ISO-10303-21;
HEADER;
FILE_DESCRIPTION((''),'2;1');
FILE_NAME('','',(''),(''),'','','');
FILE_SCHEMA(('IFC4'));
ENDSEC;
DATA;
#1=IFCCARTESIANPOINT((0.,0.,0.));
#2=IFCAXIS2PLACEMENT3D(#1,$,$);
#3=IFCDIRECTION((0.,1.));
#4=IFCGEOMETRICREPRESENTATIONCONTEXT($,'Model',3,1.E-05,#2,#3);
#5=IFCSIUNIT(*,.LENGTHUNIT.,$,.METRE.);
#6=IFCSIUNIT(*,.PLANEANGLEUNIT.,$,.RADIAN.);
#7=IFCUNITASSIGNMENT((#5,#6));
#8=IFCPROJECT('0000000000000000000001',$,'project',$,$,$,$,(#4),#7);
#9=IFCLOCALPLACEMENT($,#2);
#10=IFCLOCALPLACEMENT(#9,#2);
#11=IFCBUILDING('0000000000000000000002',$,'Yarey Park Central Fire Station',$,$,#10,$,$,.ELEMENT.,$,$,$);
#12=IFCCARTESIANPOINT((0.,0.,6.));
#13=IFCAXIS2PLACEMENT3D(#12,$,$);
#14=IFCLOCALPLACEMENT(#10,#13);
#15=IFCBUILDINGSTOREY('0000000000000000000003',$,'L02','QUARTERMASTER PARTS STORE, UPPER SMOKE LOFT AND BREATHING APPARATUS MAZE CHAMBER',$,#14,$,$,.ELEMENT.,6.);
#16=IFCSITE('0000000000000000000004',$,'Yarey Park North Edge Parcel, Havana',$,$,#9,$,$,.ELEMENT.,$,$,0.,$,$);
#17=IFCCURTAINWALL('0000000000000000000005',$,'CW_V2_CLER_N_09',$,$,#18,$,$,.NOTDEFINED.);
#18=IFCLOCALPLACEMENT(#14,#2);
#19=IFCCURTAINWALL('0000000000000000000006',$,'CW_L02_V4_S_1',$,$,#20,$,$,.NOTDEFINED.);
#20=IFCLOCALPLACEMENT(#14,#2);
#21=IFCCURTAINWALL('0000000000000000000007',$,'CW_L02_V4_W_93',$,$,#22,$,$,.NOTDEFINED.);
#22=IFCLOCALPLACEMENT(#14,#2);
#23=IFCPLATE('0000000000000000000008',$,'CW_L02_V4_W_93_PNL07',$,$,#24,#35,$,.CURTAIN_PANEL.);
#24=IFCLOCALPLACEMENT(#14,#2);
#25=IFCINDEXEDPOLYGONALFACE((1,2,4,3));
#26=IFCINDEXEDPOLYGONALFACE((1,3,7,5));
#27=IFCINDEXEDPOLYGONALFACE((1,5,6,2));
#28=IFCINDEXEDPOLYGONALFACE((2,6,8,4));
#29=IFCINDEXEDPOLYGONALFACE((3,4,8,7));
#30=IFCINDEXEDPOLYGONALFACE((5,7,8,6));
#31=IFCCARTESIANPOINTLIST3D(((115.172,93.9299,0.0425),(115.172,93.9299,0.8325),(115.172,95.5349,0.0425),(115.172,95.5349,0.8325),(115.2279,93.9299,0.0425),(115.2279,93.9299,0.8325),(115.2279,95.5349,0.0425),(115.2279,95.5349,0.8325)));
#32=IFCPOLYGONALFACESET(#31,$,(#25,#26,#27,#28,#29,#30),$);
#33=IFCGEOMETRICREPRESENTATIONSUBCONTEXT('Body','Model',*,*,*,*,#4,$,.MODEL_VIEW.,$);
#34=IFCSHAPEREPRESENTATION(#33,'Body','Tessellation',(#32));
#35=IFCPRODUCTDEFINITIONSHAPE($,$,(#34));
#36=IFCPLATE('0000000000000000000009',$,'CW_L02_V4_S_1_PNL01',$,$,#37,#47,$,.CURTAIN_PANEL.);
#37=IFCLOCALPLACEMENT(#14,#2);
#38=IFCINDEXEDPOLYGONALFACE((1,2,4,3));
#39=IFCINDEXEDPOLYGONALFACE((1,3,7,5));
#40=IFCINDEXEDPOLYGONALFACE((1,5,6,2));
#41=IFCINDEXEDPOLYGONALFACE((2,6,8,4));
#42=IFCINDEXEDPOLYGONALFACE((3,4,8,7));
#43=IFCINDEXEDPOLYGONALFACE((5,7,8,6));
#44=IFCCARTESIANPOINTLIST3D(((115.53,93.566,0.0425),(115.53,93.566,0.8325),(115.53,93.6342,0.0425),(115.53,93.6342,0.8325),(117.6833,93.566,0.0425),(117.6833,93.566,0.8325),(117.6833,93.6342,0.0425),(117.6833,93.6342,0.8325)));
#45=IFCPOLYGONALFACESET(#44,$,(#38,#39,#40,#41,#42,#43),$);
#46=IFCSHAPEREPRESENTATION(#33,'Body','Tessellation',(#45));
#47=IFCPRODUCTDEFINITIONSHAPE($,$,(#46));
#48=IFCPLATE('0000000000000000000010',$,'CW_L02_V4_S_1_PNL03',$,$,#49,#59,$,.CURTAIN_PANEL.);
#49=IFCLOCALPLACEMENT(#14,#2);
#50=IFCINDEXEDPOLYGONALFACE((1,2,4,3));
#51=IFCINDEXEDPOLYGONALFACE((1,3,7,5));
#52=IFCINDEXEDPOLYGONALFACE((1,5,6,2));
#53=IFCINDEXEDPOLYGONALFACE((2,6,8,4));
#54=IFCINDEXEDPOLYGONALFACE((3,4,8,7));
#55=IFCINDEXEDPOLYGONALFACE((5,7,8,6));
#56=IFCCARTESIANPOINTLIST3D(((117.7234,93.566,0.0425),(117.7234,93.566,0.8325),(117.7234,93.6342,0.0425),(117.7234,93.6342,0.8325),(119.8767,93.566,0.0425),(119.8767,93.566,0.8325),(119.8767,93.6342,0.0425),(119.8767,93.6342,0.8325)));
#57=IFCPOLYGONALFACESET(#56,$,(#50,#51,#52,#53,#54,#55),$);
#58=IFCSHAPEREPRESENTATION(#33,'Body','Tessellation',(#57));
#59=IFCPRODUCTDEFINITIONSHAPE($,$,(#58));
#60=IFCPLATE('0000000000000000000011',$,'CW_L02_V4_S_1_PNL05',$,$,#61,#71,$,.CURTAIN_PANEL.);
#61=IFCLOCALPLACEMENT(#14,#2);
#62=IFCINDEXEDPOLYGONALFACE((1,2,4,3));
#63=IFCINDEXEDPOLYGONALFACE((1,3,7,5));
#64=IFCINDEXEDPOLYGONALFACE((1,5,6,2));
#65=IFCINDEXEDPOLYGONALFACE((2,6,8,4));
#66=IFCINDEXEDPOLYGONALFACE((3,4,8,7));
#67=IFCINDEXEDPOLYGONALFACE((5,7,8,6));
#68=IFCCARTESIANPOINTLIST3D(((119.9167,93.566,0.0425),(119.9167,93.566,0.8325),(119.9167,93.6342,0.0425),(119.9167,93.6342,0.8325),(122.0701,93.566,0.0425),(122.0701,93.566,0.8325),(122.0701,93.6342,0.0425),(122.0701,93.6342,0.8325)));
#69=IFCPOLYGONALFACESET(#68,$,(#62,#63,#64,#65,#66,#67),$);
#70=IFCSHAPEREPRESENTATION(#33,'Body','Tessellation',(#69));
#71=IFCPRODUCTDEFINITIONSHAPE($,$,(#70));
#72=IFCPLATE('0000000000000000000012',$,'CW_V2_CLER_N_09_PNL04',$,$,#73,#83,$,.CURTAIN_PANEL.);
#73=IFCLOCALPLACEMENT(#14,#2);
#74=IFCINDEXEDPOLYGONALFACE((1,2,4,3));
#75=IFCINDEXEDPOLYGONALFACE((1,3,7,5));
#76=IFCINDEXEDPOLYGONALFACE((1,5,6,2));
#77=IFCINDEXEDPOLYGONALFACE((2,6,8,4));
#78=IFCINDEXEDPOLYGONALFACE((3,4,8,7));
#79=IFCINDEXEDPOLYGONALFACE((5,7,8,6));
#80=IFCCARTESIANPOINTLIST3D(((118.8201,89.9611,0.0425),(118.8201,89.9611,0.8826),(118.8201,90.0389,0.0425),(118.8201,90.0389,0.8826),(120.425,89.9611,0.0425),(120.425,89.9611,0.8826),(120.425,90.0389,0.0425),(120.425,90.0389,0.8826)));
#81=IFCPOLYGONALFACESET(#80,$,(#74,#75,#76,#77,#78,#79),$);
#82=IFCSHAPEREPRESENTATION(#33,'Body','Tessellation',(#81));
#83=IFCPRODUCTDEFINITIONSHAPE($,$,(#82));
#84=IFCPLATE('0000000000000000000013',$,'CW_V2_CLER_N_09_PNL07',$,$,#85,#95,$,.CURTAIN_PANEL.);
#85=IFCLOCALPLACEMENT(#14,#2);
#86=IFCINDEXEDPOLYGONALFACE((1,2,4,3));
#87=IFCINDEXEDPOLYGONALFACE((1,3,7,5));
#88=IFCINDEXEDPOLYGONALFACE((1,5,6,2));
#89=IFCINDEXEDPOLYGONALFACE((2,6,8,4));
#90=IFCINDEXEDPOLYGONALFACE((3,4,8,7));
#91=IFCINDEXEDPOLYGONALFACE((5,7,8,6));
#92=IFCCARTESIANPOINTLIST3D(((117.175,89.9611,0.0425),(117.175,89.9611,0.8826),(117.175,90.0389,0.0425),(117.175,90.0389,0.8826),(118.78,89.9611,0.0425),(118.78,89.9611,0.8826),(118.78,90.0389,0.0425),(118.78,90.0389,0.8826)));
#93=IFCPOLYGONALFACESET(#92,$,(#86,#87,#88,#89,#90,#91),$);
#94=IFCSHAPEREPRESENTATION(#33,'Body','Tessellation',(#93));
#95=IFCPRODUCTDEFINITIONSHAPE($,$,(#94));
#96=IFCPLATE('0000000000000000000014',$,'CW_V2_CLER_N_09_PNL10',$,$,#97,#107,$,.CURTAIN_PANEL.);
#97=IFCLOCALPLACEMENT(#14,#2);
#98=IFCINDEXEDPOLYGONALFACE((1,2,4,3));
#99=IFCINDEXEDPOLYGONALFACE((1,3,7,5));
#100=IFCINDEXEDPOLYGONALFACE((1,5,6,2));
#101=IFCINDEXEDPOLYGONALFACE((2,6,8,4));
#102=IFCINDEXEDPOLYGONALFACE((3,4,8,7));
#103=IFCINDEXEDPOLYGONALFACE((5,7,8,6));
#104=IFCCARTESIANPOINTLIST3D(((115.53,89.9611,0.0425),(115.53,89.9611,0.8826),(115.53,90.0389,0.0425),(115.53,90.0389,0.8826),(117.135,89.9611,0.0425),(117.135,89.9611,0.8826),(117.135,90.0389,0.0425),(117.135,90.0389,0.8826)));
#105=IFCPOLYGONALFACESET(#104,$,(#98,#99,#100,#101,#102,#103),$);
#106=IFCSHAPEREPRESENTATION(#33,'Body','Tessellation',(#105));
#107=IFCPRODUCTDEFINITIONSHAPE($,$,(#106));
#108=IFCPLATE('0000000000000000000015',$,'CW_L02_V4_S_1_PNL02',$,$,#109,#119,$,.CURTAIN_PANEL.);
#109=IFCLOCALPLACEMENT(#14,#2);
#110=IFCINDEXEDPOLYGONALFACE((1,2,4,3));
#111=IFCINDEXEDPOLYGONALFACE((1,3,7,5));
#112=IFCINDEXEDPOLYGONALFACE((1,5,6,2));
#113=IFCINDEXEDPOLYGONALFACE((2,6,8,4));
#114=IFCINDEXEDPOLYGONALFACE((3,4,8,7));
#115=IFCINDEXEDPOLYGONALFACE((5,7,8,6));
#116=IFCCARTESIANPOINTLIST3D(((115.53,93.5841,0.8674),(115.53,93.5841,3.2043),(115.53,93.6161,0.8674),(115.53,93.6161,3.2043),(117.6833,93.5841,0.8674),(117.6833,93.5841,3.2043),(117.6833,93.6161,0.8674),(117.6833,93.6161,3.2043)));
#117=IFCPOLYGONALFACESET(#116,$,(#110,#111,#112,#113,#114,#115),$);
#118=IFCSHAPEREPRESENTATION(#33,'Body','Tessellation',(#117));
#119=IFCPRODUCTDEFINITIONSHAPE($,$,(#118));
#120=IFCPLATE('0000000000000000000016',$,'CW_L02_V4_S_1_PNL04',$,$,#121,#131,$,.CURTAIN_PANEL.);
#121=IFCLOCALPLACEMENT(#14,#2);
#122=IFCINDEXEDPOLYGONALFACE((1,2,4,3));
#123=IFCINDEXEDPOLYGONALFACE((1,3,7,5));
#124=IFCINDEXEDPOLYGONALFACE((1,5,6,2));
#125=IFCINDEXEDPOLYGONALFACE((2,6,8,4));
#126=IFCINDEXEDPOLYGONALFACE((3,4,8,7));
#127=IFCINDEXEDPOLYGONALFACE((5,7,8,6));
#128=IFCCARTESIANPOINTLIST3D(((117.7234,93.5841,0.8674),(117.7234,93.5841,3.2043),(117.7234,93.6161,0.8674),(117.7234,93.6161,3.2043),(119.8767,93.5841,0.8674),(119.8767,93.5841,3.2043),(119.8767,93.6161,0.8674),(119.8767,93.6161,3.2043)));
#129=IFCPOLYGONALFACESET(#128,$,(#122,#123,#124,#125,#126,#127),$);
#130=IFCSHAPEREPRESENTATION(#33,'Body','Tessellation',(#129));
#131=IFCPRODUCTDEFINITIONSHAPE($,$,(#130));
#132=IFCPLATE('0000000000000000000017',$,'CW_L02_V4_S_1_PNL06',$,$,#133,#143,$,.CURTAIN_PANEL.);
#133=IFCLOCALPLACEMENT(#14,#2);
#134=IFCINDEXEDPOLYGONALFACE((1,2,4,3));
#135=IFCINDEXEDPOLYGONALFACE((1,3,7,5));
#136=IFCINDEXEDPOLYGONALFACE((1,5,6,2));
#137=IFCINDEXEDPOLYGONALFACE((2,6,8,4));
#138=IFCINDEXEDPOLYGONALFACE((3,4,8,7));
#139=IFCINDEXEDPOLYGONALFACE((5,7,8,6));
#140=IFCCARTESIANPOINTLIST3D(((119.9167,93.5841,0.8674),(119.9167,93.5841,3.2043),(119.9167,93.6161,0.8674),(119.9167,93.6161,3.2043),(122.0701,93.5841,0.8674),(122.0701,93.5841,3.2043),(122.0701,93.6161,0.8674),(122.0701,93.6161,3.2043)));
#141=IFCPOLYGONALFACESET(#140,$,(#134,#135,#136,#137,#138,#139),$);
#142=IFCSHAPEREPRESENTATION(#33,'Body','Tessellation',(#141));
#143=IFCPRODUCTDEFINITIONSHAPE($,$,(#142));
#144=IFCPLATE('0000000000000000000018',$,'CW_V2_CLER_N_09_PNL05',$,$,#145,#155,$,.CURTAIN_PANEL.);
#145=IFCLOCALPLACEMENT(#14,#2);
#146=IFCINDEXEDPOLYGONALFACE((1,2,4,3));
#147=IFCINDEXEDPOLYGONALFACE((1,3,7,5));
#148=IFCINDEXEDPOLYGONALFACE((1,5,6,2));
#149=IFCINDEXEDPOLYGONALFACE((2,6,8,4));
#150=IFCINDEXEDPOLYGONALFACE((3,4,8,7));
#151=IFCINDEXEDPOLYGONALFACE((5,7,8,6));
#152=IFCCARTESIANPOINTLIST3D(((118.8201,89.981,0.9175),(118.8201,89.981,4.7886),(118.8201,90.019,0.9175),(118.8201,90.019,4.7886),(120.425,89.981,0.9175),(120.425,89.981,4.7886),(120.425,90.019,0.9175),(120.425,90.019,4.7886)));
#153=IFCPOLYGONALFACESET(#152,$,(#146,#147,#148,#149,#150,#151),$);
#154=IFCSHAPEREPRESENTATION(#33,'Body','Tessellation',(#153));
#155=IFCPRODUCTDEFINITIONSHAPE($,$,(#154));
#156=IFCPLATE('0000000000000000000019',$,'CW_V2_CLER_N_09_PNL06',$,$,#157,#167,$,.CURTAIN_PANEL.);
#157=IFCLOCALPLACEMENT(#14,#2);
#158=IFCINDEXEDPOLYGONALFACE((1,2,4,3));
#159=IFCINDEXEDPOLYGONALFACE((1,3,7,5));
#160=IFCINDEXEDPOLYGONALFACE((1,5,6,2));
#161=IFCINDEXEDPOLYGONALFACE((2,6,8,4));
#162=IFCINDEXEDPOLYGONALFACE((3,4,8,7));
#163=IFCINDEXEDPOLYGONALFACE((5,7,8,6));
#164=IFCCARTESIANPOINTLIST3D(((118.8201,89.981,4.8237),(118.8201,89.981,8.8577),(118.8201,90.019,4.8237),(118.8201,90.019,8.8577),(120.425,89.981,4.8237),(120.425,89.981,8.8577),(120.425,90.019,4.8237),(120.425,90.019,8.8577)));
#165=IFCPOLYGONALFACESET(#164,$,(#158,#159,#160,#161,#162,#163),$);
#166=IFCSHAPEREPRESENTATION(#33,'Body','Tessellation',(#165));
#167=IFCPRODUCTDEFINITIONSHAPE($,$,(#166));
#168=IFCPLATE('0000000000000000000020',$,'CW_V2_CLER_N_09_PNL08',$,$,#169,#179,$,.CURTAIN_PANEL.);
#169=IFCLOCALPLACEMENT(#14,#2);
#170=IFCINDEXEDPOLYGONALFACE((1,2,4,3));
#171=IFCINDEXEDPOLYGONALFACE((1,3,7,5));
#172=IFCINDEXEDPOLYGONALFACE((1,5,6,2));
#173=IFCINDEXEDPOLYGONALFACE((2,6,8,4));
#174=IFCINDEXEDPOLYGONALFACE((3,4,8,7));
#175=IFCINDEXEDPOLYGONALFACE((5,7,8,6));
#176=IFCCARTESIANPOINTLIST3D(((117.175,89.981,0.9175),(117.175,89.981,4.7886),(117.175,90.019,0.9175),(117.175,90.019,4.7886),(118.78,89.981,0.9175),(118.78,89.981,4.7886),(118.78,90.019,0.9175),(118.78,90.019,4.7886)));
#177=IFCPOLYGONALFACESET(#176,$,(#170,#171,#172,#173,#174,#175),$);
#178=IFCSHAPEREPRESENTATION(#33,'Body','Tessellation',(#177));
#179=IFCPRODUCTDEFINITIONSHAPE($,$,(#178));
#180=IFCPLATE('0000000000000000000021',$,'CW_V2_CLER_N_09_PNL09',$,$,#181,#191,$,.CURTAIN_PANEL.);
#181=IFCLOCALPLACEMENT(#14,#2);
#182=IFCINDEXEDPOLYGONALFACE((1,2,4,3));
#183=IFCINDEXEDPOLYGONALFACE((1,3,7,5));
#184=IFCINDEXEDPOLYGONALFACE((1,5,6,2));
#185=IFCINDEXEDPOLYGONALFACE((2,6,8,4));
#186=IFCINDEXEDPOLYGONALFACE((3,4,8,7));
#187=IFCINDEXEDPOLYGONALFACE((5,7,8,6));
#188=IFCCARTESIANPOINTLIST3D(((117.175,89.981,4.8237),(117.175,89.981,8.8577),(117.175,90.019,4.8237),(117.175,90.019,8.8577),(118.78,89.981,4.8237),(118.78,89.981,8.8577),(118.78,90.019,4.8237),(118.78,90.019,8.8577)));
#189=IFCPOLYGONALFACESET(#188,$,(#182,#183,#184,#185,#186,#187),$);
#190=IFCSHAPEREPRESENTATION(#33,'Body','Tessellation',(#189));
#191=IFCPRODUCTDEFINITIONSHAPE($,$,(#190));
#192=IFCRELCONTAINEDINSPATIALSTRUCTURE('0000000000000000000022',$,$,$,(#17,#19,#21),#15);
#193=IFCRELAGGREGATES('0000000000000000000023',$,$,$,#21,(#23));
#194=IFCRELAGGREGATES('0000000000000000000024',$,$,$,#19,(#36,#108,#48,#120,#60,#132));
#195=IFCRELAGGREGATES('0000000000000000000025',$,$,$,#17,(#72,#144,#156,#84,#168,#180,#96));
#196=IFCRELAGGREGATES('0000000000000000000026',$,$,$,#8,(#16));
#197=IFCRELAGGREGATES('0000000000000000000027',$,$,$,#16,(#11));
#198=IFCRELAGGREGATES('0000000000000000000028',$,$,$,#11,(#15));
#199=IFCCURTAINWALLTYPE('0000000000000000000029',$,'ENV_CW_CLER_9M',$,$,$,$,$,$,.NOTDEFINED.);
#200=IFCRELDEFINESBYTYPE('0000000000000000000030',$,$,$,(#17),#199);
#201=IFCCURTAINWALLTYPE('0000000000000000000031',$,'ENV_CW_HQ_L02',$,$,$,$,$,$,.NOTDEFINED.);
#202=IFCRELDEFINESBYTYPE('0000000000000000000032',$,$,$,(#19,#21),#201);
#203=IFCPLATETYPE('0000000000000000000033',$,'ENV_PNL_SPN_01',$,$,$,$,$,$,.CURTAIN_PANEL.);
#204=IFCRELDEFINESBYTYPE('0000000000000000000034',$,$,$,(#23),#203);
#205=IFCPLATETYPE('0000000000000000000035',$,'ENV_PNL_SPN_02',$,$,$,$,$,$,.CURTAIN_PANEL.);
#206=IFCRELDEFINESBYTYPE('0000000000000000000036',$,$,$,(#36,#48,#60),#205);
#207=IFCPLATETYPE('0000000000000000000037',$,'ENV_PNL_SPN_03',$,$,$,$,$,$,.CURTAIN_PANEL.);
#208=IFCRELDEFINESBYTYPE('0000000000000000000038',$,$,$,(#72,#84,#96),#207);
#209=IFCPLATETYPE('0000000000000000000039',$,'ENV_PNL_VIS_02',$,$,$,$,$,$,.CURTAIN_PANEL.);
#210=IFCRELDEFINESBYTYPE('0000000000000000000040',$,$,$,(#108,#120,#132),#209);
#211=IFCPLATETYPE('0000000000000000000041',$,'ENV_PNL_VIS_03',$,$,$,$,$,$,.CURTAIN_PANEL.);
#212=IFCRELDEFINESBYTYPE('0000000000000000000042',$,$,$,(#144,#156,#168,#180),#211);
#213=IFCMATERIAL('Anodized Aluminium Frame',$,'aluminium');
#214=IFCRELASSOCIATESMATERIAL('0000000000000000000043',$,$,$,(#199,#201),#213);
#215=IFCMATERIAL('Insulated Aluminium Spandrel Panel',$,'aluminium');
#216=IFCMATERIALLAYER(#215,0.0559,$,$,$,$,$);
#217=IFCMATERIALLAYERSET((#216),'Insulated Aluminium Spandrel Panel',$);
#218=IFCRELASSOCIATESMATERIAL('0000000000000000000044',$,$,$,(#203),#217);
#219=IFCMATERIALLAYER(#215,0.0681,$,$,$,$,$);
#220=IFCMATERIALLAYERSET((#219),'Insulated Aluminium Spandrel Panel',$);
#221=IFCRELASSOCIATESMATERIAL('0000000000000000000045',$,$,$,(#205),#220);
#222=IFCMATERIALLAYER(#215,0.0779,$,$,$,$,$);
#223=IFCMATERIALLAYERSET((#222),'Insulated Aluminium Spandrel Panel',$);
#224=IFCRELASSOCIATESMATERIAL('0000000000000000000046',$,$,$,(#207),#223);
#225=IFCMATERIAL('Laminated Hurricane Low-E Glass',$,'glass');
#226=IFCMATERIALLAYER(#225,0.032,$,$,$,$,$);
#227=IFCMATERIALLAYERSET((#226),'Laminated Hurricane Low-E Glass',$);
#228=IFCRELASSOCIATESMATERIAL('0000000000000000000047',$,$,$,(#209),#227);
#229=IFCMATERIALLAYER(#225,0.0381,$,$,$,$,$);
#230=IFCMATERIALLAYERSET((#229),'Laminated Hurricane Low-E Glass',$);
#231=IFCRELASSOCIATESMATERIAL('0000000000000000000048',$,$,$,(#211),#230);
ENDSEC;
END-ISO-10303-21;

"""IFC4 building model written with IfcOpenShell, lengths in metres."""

from ifc_helpers import new_model, si_unit, direction, frame, origin, origin_2d, place, context, subcontext, project, spatial, rectangle, extrude, material, layer, layer_set, type_object, element, aggregate, save


model = new_model("IFC4")

# Units and contexts
model_context = context("Model", 3, precision=1e-05, world=origin(), true_north=direction((0.0, 1.0)))
body_context = subcontext(model_context, "Body", "Model", "MODEL_VIEW")
ifc_project = project(units=[si_unit("LENGTHUNIT", "METRE"), si_unit("PLANEANGLEUNIT", "RADIAN")], contexts=[model_context])

# Site, building, storey
site_placement = place(None, origin())
site = spatial("IfcSite", under=ifc_project, at=site_placement, Name="Yarey Park North Edge Parcel, Havana", CompositionType="ELEMENT", RefElevation=0.0)
building_placement = place(site_placement, origin())
building = spatial("IfcBuilding", under=site, at=building_placement, Name="Yarey Park Central Fire Station", CompositionType="ELEMENT")
storey_placement = place(building_placement, frame((0.0, 0.0, 6.0)))
storey = spatial("IfcBuildingStorey", under=building, at=storey_placement, Name="L02", Description="QUARTERMASTER PARTS STORE, UPPER SMOKE LOFT AND BREATHING APPARATUS MAZE CHAMBER", CompositionType="ELEMENT", Elevation=6.0)

# Curtain walls
ifc_material_1 = material(Name="Anodized Aluminium Frame", Category="aluminium")
curtain_wall_type_1 = type_object("IfcCurtainWallType", Name="ENV_CW_CLER_9M", PredefinedType="NOTDEFINED", material=ifc_material_1)
curtain_wall_1_placement = place(storey_placement, origin())
curtain_wall_1 = element("IfcCurtainWall", 1, at=curtain_wall_1_placement, inside=storey, type_object=curtain_wall_type_1, Name="CW_V2_CLER_N_09", PredefinedType="NOTDEFINED")
curtain_wall_type_2 = type_object("IfcCurtainWallType", Name="ENV_CW_HQ_L02", PredefinedType="NOTDEFINED", material=ifc_material_1)
curtain_wall_2_placement = place(storey_placement, origin())
curtain_wall_2 = element("IfcCurtainWall", 2, at=curtain_wall_2_placement, inside=storey, type_object=curtain_wall_type_2, Name="CW_L02_V4_S_1", PredefinedType="NOTDEFINED")

# Curtain wall
curtain_wall_3_placement = place(storey_placement, origin())
curtain_wall_3 = element("IfcCurtainWall", 3, at=curtain_wall_3_placement, inside=storey, type_object=curtain_wall_type_2, Name="CW_L02_V4_W_93", PredefinedType="NOTDEFINED")

# Plates
ifc_material_2 = material(Name="Insulated Aluminium Spandrel Panel", Category="aluminium")
ifc_layer_1 = layer(ifc_material_2, 0.0559)
ifc_layer_set_1 = layer_set([ifc_layer_1], Name="Insulated Aluminium Spandrel Panel")
plate_type_1 = type_object("IfcPlateType", Name="ENV_PNL_SPN_01", PredefinedType="CURTAIN_PANEL", material=ifc_layer_set_1)
plate_1_placement = place(storey_placement, frame((115.2, 94.7324, 0.0425), z_axis=(0.0, 0.0, 1.0), x_axis=(0.0, -1.0, 0.0)))
plate_1 = element("IfcPlate", 4, at=plate_1_placement, type_object=plate_type_1, Name="CW_L02_V4_W_93_PNL07", PredefinedType="CURTAIN_PANEL", context=body_context, shape_type="SweptSolid", body=[
    extrude(rectangle(XDim=1.605, YDim=0.0559, at=origin_2d()), origin(), (0.0, 0.0, 1.0), 0.79),
])
aggregate(curtain_wall_3, [plate_1])
ifc_layer_2 = layer(ifc_material_2, 0.0681)
ifc_layer_set_2 = layer_set([ifc_layer_2], Name="Insulated Aluminium Spandrel Panel")
plate_type_2 = type_object("IfcPlateType", Name="ENV_PNL_SPN_02", PredefinedType="CURTAIN_PANEL", material=ifc_layer_set_2)
plate_2_placement = place(storey_placement, frame((116.6067, 93.6001, 0.0425), z_axis=(0.0, 0.0, 1.0), x_axis=(1.0, 0.0, 0.0)))
plate_2 = element("IfcPlate", 5, at=plate_2_placement, type_object=plate_type_2, Name="CW_L02_V4_S_1_PNL01", PredefinedType="CURTAIN_PANEL", context=body_context, shape_type="SweptSolid", body=[
    extrude(rectangle(XDim=2.1533, YDim=0.0681, at=origin_2d()), origin(), (0.0, 0.0, 1.0), 0.79),
])
plate_3_placement = place(storey_placement, frame((118.8, 93.6001, 0.0425), z_axis=(0.0, 0.0, 1.0), x_axis=(1.0, 0.0, 0.0)))
plate_3 = element("IfcPlate", 6, at=plate_3_placement, type_object=plate_type_2, Name="CW_L02_V4_S_1_PNL03", PredefinedType="CURTAIN_PANEL", context=body_context, shape_type="SweptSolid", body=[
    extrude(rectangle(XDim=2.1533, YDim=0.0681, at=origin_2d()), origin(), (0.0, 0.0, 1.0), 0.79),
])
plate_4_placement = place(storey_placement, frame((120.9934, 93.6001, 0.0425), z_axis=(0.0, 0.0, 1.0), x_axis=(1.0, 0.0, 0.0)))
plate_4 = element("IfcPlate", 7, at=plate_4_placement, type_object=plate_type_2, Name="CW_L02_V4_S_1_PNL05", PredefinedType="CURTAIN_PANEL", context=body_context, shape_type="SweptSolid", body=[
    extrude(rectangle(XDim=2.1533, YDim=0.0681, at=origin_2d()), origin(), (0.0, 0.0, 1.0), 0.79),
])
ifc_layer_3 = layer(ifc_material_2, 0.0779)
ifc_layer_set_3 = layer_set([ifc_layer_3], Name="Insulated Aluminium Spandrel Panel")
plate_type_3 = type_object("IfcPlateType", Name="ENV_PNL_SPN_03", PredefinedType="CURTAIN_PANEL", material=ifc_layer_set_3)
plate_5_placement = place(storey_placement, frame((119.6226, 90.0, 0.0425), z_axis=(0.0, 0.0, 1.0), x_axis=(-1.0, 0.0, 0.0)))
plate_5 = element("IfcPlate", 8, at=plate_5_placement, type_object=plate_type_3, Name="CW_V2_CLER_N_09_PNL04", PredefinedType="CURTAIN_PANEL", context=body_context, shape_type="SweptSolid", body=[
    extrude(rectangle(XDim=1.605, YDim=0.0779, at=origin_2d()), origin(), (0.0, 0.0, 1.0), 0.8401),
])
plate_6_placement = place(storey_placement, frame((117.9775, 90.0, 0.0425), z_axis=(0.0, 0.0, 1.0), x_axis=(-1.0, 0.0, 0.0)))
plate_6 = element("IfcPlate", 9, at=plate_6_placement, type_object=plate_type_3, Name="CW_V2_CLER_N_09_PNL07", PredefinedType="CURTAIN_PANEL", context=body_context, shape_type="SweptSolid", body=[
    extrude(rectangle(XDim=1.605, YDim=0.0779, at=origin_2d()), origin(), (0.0, 0.0, 1.0), 0.8401),
])
plate_7_placement = place(storey_placement, frame((116.3325, 90.0, 0.0425), z_axis=(0.0, 0.0, 1.0), x_axis=(-1.0, 0.0, 0.0)))
plate_7 = element("IfcPlate", 10, at=plate_7_placement, type_object=plate_type_3, Name="CW_V2_CLER_N_09_PNL10", PredefinedType="CURTAIN_PANEL", context=body_context, shape_type="SweptSolid", body=[
    extrude(rectangle(XDim=1.605, YDim=0.0779, at=origin_2d()), origin(), (0.0, 0.0, 1.0), 0.8401),
])
ifc_material_3 = material(Name="Laminated Hurricane Low-E Glass", Category="glass")
ifc_layer_4 = layer(ifc_material_3, 0.032)
ifc_layer_set_4 = layer_set([ifc_layer_4], Name="Laminated Hurricane Low-E Glass")
plate_type_4 = type_object("IfcPlateType", Name="ENV_PNL_VIS_02", PredefinedType="CURTAIN_PANEL", material=ifc_layer_set_4)
plate_8_placement = place(storey_placement, frame((116.6067, 93.6001, 0.8674), z_axis=(0.0, 0.0, 1.0), x_axis=(1.0, 0.0, 0.0)))
plate_8 = element("IfcPlate", 11, at=plate_8_placement, type_object=plate_type_4, Name="CW_L02_V4_S_1_PNL02", PredefinedType="CURTAIN_PANEL", context=body_context, shape_type="SweptSolid", body=[
    extrude(rectangle(XDim=2.1533, YDim=0.032, at=origin_2d()), origin(), (0.0, 0.0, 1.0), 2.3369),
])
plate_9_placement = place(storey_placement, frame((118.8, 93.6001, 0.8674), z_axis=(0.0, 0.0, 1.0), x_axis=(1.0, 0.0, 0.0)))
plate_9 = element("IfcPlate", 12, at=plate_9_placement, type_object=plate_type_4, Name="CW_L02_V4_S_1_PNL04", PredefinedType="CURTAIN_PANEL", context=body_context, shape_type="SweptSolid", body=[
    extrude(rectangle(XDim=2.1533, YDim=0.032, at=origin_2d()), origin(), (0.0, 0.0, 1.0), 2.3369),
])
plate_10_placement = place(storey_placement, frame((120.9934, 93.6001, 0.8674), z_axis=(0.0, 0.0, 1.0), x_axis=(1.0, 0.0, 0.0)))
plate_10 = element("IfcPlate", 13, at=plate_10_placement, type_object=plate_type_4, Name="CW_L02_V4_S_1_PNL06", PredefinedType="CURTAIN_PANEL", context=body_context, shape_type="SweptSolid", body=[
    extrude(rectangle(XDim=2.1533, YDim=0.032, at=origin_2d()), origin(), (0.0, 0.0, 1.0), 2.3369),
])
aggregate(curtain_wall_2, [plate_2, plate_8, plate_3, plate_9, plate_4, plate_10])
ifc_layer_5 = layer(ifc_material_3, 0.0381)
ifc_layer_set_5 = layer_set([ifc_layer_5], Name="Laminated Hurricane Low-E Glass")
plate_type_5 = type_object("IfcPlateType", Name="ENV_PNL_VIS_03", PredefinedType="CURTAIN_PANEL", material=ifc_layer_set_5)
plate_11_placement = place(storey_placement, frame((119.6226, 90.0, 0.9175), z_axis=(0.0, 0.0, 1.0), x_axis=(-1.0, 0.0, 0.0)))
plate_11 = element("IfcPlate", 14, at=plate_11_placement, type_object=plate_type_5, Name="CW_V2_CLER_N_09_PNL05", PredefinedType="CURTAIN_PANEL", context=body_context, shape_type="SweptSolid", body=[
    extrude(rectangle(XDim=1.605, YDim=0.0381, at=origin_2d()), origin(), (0.0, 0.0, 1.0), 3.8711),
])
plate_12_placement = place(storey_placement, frame((119.6226, 90.0, 4.8237), z_axis=(0.0, 0.0, 1.0), x_axis=(-1.0, 0.0, 0.0)))
plate_12 = element("IfcPlate", 15, at=plate_12_placement, type_object=plate_type_5, Name="CW_V2_CLER_N_09_PNL06", PredefinedType="CURTAIN_PANEL", context=body_context, shape_type="SweptSolid", body=[
    extrude(rectangle(XDim=1.605, YDim=0.0381, at=origin_2d()), origin(), (0.0, 0.0, 1.0), 4.0339),
])
plate_13_placement = place(storey_placement, frame((117.9775, 90.0, 0.9175), z_axis=(0.0, 0.0, 1.0), x_axis=(-1.0, 0.0, 0.0)))
plate_13 = element("IfcPlate", 16, at=plate_13_placement, type_object=plate_type_5, Name="CW_V2_CLER_N_09_PNL08", PredefinedType="CURTAIN_PANEL", context=body_context, shape_type="SweptSolid", body=[
    extrude(rectangle(XDim=1.605, YDim=0.0381, at=origin_2d()), origin(), (0.0, 0.0, 1.0), 3.8711),
])
plate_14_placement = place(storey_placement, frame((117.9775, 90.0, 4.8237), z_axis=(0.0, 0.0, 1.0), x_axis=(-1.0, 0.0, 0.0)))
plate_14 = element("IfcPlate", 17, at=plate_14_placement, type_object=plate_type_5, Name="CW_V2_CLER_N_09_PNL09", PredefinedType="CURTAIN_PANEL", context=body_context, shape_type="SweptSolid", body=[
    extrude(rectangle(XDim=1.605, YDim=0.0381, at=origin_2d()), origin(), (0.0, 0.0, 1.0), 4.0339),
])
aggregate(curtain_wall_1, [plate_5, plate_11, plate_12, plate_6, plate_13, plate_14, plate_7])

save(model, "model.ifc")
